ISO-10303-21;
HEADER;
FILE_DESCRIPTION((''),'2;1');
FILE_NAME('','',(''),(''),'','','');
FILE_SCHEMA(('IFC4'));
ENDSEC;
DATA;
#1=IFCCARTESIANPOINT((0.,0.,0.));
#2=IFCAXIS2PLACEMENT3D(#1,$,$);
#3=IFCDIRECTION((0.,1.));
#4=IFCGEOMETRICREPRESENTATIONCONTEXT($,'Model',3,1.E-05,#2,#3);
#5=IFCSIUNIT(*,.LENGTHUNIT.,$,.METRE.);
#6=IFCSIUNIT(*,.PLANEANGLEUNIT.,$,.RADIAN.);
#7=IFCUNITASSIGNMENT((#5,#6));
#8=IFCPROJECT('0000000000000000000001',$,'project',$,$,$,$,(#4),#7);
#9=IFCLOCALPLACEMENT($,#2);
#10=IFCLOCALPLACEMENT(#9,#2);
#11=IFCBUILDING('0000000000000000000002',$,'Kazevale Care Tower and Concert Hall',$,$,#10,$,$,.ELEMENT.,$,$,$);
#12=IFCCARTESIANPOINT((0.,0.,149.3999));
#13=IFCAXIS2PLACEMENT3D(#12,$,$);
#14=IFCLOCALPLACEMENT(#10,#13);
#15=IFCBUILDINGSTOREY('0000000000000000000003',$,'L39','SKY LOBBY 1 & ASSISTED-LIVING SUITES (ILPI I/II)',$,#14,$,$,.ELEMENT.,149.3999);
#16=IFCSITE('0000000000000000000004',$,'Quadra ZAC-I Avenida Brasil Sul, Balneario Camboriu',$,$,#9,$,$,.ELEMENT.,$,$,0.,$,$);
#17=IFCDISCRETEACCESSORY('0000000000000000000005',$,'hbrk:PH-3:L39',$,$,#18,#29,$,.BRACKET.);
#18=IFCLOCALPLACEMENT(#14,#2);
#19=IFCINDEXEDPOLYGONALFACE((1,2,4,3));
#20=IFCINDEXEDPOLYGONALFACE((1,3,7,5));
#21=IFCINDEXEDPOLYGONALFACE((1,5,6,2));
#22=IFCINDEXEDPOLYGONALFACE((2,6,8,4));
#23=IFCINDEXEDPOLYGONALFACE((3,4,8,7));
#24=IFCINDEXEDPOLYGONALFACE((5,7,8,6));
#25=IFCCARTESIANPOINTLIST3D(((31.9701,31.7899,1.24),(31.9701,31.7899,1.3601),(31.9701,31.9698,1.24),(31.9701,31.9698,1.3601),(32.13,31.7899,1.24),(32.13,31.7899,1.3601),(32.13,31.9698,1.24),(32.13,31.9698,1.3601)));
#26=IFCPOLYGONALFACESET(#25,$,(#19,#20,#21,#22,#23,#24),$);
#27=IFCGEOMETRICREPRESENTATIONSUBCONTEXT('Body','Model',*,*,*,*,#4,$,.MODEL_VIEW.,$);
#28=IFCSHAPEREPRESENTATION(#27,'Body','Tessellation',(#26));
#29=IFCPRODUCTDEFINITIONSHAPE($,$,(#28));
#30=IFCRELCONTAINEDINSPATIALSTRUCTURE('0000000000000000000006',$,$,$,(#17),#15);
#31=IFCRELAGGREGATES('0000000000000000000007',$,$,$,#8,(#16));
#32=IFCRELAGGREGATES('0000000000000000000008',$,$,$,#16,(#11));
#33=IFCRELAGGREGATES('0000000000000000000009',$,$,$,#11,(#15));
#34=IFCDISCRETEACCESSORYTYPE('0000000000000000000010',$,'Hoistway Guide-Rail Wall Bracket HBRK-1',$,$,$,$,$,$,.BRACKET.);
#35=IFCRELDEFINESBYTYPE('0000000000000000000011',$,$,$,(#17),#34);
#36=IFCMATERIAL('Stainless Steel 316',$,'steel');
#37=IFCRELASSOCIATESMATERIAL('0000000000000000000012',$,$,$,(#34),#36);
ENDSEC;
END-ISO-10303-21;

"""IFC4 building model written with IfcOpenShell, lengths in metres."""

from ifc_helpers import new_model, si_unit, direction, frame, origin, origin_2d, place, context, subcontext, project, spatial, rectangle, extrude, material, type_object, element, save


model = new_model("IFC4")

# Units and contexts
model_context = context("Model", 3, precision=1e-05, world=origin(), true_north=direction((0.0, 1.0)))
body_context = subcontext(model_context, "Body", "Model", "MODEL_VIEW")
ifc_project = project(units=[si_unit("LENGTHUNIT", "METRE"), si_unit("PLANEANGLEUNIT", "RADIAN")], contexts=[model_context])

# Site, building, storey
site_placement = place(None, origin())
site = spatial("IfcSite", under=ifc_project, at=site_placement, Name="Quadra ZAC-I Avenida Brasil Sul, Balneario Camboriu", CompositionType="ELEMENT", RefElevation=0.0)
building_placement = place(site_placement, origin())
building = spatial("IfcBuilding", under=site, at=building_placement, Name="Kazevale Care Tower and Concert Hall", CompositionType="ELEMENT")
storey_placement = place(building_placement, frame((0.0, 0.0, 149.3999)))
storey = spatial("IfcBuildingStorey", under=building, at=storey_placement, Name="L39", Description="SKY LOBBY 1 & ASSISTED-LIVING SUITES (ILPI I/II)", CompositionType="ELEMENT", Elevation=149.3999)

# Shared definitions
ifc_material_1 = material(Name="Stainless Steel 316", Category="steel")

# Discrete accessory
discrete_accessory_type = type_object("IfcDiscreteAccessoryType", Name="Hoistway Guide-Rail Wall Bracket HBRK-1", PredefinedType="BRACKET", material=ifc_material_1)
for number, where, z_axis, x_axis, name in (
    (1, (32.05, 31.8799, 1.24), (0.0, 0.0, 1.0), (1.0, 0.0, 0.0), "hbrk:PH-3:L39"),
):
    element("IfcDiscreteAccessory", number, at=place(storey_placement, frame(where, z_axis=z_axis, x_axis=x_axis)), inside=storey, type_object=discrete_accessory_type, Name=name, PredefinedType="BRACKET", context=body_context, shape_type="SweptSolid", body=[
        extrude(rectangle(XDim=0.1599, YDim=0.1799, at=origin_2d()), origin(), (0.0, 0.0, 1.0), 0.1201),
    ])

save(model, "model.ifc")
